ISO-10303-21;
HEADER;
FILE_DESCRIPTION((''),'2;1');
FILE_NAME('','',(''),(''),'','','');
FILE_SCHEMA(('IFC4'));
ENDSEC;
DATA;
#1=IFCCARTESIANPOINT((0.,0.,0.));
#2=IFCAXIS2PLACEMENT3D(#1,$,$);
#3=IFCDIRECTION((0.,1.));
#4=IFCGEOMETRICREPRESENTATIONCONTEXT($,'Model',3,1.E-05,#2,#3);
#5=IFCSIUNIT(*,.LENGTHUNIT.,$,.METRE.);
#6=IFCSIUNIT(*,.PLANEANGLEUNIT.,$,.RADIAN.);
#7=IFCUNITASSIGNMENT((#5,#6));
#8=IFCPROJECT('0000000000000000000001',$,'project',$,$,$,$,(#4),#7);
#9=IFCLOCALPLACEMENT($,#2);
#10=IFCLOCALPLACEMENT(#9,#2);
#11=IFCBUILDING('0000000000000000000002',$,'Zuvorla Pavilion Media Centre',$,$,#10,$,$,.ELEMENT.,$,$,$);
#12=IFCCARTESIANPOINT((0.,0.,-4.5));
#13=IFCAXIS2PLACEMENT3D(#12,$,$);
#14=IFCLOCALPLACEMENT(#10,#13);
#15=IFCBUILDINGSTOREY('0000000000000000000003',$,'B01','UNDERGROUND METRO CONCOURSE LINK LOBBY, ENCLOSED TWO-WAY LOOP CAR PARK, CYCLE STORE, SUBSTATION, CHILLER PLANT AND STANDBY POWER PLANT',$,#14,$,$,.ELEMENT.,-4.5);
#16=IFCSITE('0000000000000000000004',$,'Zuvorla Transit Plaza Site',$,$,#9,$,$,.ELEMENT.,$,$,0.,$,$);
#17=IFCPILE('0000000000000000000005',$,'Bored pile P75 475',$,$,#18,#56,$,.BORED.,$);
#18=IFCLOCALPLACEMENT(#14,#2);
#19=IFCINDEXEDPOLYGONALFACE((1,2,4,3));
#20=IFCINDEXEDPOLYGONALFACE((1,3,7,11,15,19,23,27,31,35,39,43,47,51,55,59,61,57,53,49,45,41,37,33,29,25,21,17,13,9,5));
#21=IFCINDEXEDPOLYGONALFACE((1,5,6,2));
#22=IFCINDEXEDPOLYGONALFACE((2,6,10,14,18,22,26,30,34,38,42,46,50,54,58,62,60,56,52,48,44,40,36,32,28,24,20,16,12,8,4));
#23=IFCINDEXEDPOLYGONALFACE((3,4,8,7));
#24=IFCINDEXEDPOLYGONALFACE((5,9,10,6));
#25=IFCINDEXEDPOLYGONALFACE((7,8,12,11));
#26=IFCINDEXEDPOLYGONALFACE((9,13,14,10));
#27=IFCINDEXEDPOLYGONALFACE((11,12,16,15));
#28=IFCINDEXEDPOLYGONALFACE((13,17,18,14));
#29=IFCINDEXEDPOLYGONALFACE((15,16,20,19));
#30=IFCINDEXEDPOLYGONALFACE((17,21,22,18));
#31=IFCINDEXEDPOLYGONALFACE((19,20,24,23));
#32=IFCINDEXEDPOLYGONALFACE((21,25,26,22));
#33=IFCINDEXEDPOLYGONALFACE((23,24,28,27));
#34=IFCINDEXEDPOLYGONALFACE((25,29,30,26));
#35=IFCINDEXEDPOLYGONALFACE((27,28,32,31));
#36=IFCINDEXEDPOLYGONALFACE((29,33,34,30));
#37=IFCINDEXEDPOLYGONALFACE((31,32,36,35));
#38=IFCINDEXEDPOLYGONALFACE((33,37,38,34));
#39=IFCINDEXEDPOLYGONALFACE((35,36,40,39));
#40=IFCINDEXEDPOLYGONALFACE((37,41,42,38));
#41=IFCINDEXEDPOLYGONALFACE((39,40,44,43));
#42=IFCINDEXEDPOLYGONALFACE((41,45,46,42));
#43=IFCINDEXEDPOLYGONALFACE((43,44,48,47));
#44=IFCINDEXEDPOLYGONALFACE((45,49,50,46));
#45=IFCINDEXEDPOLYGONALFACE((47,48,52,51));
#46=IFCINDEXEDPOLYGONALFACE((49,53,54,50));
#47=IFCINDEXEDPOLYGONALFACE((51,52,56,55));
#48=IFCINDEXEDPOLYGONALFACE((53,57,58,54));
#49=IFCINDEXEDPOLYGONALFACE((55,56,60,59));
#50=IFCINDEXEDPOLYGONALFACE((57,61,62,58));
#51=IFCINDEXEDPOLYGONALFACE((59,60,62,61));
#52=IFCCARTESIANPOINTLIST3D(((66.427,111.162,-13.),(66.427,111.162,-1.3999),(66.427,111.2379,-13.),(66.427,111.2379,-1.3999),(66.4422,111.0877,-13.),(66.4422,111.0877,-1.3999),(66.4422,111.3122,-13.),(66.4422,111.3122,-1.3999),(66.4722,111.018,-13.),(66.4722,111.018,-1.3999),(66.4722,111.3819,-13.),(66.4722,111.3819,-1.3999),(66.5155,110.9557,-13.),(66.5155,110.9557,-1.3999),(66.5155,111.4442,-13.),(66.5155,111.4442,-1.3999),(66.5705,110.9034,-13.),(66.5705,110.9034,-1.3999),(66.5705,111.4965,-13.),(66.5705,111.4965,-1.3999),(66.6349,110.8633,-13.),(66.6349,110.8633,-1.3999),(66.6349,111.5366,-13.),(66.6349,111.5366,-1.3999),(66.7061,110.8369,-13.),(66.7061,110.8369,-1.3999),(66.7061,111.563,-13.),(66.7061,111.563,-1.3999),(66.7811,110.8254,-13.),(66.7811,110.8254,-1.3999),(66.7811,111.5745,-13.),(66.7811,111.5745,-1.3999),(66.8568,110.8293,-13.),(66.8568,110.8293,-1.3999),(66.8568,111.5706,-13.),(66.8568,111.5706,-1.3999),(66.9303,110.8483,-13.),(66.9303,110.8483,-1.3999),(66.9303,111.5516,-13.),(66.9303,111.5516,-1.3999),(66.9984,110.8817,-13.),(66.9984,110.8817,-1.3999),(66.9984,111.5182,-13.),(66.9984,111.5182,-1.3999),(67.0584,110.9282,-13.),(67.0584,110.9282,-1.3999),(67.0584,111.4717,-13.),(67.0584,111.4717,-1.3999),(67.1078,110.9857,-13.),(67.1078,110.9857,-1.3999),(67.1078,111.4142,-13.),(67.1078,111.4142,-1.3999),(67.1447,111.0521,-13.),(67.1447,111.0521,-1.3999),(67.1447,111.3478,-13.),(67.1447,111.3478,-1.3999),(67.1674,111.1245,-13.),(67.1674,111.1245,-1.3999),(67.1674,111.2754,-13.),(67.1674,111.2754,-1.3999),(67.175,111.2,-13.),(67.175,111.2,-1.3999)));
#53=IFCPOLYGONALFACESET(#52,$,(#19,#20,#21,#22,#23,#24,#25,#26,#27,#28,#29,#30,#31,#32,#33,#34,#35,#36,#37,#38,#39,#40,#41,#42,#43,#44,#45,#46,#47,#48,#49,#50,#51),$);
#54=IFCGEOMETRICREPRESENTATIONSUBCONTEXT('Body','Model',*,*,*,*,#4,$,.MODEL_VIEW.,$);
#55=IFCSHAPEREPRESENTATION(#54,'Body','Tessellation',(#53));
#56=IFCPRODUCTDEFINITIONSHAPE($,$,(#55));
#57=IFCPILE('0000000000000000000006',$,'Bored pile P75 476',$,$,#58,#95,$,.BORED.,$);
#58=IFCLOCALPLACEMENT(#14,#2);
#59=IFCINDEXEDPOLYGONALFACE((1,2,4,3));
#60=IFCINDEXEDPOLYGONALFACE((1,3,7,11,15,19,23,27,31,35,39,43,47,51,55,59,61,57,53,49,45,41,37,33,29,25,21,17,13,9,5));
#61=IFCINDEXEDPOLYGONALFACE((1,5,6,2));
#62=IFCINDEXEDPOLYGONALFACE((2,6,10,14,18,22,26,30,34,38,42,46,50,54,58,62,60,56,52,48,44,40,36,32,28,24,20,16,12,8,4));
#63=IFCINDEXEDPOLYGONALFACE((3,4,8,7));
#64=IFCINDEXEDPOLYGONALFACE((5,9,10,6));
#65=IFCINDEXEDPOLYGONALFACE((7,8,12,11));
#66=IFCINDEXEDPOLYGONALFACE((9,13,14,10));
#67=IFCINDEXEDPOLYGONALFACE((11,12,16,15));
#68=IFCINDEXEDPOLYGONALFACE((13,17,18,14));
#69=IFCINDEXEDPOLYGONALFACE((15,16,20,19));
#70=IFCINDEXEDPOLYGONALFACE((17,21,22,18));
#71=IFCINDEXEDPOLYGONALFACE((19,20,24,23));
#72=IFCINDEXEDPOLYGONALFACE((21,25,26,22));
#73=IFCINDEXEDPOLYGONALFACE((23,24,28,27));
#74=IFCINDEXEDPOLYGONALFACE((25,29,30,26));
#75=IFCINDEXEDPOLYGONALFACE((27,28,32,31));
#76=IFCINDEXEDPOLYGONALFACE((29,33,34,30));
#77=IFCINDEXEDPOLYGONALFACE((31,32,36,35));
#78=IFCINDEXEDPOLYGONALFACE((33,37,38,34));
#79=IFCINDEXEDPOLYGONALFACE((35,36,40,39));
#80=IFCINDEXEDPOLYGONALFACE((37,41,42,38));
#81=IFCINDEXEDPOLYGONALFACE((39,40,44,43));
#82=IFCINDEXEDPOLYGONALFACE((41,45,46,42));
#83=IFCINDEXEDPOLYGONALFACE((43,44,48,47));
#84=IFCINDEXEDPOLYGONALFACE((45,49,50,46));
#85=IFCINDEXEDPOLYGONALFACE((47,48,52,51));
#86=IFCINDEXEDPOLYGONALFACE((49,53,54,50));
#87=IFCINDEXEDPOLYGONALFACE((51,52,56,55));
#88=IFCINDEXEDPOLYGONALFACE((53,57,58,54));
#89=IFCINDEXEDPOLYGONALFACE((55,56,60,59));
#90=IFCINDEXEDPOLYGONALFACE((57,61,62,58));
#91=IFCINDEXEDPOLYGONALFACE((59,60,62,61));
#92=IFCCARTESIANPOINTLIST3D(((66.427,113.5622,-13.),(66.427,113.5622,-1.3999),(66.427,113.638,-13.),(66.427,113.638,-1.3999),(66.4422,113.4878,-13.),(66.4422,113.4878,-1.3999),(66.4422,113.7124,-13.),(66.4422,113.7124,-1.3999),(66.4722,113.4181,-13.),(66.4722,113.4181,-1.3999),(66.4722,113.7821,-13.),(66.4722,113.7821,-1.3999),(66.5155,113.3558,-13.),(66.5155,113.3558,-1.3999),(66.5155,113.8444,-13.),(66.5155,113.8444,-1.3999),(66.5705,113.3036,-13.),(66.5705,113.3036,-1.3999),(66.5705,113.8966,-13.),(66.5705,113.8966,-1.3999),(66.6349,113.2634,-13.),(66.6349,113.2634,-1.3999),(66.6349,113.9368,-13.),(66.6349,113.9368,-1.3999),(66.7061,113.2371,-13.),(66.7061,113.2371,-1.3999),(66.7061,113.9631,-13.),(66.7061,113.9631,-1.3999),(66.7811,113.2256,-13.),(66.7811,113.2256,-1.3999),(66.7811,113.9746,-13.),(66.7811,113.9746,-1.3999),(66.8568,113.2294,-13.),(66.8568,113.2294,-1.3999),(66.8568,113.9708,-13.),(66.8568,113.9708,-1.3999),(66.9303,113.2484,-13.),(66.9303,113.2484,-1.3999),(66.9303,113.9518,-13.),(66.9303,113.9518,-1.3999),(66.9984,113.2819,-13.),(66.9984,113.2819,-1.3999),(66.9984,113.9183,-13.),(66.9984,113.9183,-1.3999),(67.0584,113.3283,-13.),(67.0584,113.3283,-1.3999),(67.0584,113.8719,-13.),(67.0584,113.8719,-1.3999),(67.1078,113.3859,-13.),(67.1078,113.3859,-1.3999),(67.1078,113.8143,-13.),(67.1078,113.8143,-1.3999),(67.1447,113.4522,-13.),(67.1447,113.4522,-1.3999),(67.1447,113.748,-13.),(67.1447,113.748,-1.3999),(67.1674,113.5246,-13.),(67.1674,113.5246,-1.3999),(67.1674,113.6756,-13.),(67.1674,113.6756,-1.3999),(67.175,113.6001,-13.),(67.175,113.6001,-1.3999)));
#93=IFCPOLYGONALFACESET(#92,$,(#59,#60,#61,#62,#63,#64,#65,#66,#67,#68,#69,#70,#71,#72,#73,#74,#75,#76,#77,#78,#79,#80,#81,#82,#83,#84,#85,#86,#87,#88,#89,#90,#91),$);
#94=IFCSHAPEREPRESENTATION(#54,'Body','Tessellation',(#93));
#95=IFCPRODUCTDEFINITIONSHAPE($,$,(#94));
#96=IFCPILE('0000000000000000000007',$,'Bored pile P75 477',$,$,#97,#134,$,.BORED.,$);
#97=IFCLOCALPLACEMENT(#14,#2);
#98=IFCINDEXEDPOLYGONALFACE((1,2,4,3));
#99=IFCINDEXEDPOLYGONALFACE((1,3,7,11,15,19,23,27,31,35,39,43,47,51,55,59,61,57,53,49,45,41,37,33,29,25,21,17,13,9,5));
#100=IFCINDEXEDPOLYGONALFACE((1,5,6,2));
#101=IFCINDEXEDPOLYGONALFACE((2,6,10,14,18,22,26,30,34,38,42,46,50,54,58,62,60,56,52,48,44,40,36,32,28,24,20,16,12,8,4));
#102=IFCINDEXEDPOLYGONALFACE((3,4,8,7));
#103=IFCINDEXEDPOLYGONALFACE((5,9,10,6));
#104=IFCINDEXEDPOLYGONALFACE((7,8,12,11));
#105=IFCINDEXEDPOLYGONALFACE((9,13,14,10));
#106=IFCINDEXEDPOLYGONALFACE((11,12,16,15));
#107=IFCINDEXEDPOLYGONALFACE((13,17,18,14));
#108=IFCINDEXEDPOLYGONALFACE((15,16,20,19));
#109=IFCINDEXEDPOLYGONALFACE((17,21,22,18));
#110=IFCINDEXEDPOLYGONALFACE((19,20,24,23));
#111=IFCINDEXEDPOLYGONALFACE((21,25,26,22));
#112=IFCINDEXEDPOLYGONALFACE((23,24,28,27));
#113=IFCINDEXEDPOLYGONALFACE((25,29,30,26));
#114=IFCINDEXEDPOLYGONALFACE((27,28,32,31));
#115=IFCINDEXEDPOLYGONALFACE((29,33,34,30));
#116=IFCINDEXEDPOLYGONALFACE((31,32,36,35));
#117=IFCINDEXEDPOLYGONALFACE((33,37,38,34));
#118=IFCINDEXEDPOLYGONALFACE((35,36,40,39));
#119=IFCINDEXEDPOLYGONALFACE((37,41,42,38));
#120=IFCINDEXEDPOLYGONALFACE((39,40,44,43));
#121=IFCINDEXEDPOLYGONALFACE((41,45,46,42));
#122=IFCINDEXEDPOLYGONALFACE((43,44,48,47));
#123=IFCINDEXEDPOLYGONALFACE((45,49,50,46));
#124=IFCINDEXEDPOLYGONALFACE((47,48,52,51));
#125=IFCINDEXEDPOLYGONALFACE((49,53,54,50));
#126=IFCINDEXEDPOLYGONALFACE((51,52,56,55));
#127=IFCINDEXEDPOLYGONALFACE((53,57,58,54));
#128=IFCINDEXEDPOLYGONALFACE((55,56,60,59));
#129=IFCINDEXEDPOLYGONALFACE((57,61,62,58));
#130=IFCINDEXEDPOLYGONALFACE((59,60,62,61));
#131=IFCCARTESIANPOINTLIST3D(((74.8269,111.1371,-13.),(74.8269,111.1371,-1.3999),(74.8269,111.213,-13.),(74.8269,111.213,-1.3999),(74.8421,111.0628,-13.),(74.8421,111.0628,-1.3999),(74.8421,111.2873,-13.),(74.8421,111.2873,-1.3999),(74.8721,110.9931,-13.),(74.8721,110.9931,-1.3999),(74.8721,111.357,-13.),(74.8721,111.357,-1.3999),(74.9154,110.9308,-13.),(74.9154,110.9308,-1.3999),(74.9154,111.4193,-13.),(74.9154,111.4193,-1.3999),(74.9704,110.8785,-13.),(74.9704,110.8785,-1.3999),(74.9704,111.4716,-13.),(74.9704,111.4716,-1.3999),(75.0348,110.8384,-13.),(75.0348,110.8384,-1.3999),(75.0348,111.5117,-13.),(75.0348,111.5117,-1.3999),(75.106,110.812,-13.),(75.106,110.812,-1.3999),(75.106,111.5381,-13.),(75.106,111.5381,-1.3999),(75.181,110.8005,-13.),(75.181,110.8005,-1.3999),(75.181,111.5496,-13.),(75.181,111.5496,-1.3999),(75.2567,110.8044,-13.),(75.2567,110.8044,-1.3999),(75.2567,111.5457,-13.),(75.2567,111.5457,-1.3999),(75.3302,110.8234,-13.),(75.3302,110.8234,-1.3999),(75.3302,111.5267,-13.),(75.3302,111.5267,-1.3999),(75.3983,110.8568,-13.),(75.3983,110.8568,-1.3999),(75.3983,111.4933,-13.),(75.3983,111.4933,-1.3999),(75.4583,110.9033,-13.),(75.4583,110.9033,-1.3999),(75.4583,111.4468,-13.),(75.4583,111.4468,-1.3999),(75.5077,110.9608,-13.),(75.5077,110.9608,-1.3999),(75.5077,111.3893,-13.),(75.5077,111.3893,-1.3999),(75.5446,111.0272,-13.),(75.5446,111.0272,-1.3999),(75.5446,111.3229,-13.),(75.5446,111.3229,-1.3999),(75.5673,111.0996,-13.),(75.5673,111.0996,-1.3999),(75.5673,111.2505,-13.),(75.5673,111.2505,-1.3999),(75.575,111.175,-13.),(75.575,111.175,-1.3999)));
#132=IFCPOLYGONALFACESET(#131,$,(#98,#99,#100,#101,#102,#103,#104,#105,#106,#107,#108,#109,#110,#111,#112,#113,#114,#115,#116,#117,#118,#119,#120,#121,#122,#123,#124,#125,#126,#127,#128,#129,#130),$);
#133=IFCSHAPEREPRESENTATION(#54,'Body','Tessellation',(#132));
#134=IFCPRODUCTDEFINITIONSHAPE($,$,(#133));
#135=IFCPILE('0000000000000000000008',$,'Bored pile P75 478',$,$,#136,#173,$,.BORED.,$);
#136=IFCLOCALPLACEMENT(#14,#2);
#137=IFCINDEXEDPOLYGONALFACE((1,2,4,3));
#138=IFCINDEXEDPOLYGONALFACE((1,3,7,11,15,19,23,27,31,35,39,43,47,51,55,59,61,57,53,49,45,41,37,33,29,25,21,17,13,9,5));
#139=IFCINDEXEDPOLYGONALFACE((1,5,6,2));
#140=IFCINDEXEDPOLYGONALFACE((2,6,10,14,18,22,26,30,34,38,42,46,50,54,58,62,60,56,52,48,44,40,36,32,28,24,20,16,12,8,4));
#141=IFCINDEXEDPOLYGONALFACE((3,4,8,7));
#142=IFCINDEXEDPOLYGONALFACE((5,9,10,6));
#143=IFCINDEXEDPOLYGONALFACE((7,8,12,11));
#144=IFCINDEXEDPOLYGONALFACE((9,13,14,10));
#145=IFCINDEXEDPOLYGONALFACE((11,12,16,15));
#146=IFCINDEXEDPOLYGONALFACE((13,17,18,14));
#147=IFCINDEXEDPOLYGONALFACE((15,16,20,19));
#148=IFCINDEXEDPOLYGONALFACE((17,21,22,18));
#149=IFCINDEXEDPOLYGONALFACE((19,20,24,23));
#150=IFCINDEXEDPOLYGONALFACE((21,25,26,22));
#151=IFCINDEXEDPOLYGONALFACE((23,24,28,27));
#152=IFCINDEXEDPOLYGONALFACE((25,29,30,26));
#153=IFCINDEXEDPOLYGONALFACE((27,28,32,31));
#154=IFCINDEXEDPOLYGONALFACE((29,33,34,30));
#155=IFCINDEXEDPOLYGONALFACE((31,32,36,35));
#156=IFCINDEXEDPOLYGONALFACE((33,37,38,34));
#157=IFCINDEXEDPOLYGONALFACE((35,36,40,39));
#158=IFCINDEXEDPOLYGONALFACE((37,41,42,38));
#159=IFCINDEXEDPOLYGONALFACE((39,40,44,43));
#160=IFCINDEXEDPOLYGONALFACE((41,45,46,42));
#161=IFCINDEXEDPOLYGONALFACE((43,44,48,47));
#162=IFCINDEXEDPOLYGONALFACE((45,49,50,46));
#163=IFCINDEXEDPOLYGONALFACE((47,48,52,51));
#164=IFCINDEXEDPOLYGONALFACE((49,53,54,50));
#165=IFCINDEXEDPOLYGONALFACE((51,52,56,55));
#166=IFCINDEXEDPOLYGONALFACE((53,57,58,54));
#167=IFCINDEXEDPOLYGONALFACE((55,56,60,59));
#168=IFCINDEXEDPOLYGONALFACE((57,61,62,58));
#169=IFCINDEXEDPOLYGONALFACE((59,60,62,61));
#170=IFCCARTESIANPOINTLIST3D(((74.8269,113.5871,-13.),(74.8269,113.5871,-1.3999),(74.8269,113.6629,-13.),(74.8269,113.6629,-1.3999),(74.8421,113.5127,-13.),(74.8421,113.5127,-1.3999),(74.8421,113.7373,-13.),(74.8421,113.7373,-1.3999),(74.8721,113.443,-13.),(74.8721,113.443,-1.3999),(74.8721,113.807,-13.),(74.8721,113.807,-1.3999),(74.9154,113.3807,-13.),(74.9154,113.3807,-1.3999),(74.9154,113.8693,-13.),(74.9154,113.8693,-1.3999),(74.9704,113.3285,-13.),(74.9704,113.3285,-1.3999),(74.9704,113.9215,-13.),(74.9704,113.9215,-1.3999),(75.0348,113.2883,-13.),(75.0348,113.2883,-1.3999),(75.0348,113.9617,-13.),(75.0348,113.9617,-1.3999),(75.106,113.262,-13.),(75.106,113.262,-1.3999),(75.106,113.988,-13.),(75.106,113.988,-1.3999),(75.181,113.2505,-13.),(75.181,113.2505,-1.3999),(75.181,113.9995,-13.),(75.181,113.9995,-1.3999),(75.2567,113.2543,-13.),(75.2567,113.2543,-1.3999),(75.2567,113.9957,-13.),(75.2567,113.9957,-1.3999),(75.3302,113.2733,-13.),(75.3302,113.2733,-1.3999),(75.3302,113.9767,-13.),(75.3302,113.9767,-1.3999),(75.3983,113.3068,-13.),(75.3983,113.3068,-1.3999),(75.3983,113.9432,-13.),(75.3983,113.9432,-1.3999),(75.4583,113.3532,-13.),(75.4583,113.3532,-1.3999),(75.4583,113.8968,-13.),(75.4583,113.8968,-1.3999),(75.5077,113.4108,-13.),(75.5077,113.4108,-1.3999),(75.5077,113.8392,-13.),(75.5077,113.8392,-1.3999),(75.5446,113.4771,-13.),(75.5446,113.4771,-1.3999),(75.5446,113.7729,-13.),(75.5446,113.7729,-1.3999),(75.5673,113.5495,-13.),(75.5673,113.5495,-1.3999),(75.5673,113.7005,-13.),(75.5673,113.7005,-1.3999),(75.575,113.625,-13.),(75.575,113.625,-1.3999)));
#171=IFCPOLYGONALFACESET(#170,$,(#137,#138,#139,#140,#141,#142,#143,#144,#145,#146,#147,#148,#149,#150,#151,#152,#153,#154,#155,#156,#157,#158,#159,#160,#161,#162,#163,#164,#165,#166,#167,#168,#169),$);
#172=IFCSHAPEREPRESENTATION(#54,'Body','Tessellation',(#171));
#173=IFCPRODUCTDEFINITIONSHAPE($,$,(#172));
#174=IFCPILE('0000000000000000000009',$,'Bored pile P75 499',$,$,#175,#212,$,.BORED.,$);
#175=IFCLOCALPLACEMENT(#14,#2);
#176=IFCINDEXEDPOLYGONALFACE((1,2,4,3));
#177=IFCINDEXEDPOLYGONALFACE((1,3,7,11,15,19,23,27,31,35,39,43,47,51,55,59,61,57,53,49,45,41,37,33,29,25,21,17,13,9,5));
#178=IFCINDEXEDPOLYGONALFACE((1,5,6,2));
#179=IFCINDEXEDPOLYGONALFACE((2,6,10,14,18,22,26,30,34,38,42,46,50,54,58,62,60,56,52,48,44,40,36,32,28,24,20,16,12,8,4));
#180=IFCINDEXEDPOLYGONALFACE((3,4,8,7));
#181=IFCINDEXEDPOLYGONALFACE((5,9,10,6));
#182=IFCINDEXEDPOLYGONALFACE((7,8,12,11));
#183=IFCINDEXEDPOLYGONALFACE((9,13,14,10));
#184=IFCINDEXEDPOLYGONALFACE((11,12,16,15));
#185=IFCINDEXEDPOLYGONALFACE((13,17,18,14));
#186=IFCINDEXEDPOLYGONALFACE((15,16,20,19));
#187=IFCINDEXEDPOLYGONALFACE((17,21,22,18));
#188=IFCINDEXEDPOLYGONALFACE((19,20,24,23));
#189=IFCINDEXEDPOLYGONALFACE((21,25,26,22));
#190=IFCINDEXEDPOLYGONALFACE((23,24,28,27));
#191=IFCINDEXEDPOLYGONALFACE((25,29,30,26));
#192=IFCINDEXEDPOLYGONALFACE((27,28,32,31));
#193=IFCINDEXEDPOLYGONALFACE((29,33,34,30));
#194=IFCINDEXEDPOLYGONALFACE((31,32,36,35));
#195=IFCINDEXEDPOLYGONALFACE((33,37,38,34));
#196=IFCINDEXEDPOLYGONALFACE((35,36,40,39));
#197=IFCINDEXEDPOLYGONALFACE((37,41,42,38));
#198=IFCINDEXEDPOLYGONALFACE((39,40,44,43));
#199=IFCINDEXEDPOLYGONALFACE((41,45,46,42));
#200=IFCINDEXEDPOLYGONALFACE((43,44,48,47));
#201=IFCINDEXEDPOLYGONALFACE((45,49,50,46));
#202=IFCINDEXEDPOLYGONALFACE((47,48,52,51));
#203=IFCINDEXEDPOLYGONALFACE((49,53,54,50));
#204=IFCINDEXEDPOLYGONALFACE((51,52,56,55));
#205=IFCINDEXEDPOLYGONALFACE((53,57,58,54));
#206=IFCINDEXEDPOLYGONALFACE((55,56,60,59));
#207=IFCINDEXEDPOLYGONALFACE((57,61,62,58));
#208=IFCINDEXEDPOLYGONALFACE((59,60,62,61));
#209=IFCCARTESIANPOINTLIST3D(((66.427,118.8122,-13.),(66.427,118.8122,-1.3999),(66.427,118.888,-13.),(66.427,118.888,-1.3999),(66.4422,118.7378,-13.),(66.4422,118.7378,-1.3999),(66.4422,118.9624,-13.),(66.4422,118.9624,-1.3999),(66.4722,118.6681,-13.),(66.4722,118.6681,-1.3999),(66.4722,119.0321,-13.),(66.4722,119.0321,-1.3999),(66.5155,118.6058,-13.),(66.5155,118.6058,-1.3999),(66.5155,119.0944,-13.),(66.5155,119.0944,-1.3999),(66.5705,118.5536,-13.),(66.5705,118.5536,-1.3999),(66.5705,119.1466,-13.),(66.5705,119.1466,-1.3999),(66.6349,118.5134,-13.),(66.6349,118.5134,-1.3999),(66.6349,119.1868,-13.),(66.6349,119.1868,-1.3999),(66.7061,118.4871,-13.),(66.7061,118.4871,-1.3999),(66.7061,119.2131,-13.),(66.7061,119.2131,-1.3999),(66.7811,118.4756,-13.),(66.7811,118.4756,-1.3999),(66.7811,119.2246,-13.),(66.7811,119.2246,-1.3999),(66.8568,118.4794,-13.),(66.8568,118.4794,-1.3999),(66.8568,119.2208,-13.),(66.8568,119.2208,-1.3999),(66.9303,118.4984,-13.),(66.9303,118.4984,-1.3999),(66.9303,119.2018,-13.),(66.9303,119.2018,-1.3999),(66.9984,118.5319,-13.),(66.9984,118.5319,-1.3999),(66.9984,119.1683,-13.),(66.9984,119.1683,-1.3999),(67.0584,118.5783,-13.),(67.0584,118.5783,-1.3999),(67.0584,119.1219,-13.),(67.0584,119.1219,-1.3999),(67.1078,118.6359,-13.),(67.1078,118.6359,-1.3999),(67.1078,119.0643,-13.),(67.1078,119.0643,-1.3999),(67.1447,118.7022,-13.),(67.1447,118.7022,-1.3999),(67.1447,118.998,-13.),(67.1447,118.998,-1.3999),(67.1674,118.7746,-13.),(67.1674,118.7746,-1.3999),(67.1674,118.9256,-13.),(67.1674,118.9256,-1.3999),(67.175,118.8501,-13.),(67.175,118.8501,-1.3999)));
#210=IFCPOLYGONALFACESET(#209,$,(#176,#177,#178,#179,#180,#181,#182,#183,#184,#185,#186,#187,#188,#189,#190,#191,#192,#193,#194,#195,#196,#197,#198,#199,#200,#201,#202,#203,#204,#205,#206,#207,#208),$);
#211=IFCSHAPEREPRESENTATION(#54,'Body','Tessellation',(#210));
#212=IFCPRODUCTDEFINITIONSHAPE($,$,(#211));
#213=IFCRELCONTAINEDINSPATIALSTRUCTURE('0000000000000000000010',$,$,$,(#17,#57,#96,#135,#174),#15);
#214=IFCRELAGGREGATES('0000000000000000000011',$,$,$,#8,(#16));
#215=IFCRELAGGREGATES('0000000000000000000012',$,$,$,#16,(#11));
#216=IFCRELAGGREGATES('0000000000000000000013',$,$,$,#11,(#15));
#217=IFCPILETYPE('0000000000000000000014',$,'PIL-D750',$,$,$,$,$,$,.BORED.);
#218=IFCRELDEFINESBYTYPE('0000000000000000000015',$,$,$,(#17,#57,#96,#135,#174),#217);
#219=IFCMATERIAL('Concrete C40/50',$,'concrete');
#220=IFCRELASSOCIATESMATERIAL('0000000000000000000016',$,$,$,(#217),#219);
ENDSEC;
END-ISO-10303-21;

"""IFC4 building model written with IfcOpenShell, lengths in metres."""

from ifc_helpers import new_model, si_unit, direction, frame, origin, origin_2d, place, context, subcontext, project, spatial, circle, extrude, material, material_profile, profile_set, type_object, element, save


model = new_model("IFC4")

# Units and contexts
model_context = context("Model", 3, precision=1e-05, world=origin(), true_north=direction((0.0, 1.0)))
body_context = subcontext(model_context, "Body", "Model", "MODEL_VIEW")
ifc_project = project(units=[si_unit("LENGTHUNIT", "METRE"), si_unit("PLANEANGLEUNIT", "RADIAN")], contexts=[model_context])

# Site, building, storey
site_placement = place(None, origin())
site = spatial("IfcSite", under=ifc_project, at=site_placement, Name="Zuvorla Transit Plaza Site", CompositionType="ELEMENT", RefElevation=0.0)
building_placement = place(site_placement, origin())
building = spatial("IfcBuilding", under=site, at=building_placement, Name="Zuvorla Pavilion Media Centre", CompositionType="ELEMENT")
storey_placement = place(building_placement, frame((0.0, 0.0, -4.5)))
storey = spatial("IfcBuildingStorey", under=building, at=storey_placement, Name="B01", Description="UNDERGROUND METRO CONCOURSE LINK LOBBY, ENCLOSED TWO-WAY LOOP CAR PARK, CYCLE STORE, SUBSTATION, CHILLER PLANT AND STANDBY POWER PLANT", CompositionType="ELEMENT", Elevation=-4.5)

# Shared definitions
ifc_material = material(Name="Concrete C40/50", Category="concrete")

# Piles
ifc_material_profile_1 = material_profile(ifc_material, circle(Radius=0.375, at=origin_2d()), Name="BORED PILE 750")
ifc_profile_set_1 = profile_set([ifc_material_profile_1], Name="Concrete C40/50")
pile_type = type_object("IfcPileType", Name="PIL-D750", PredefinedType="BORED", material=ifc_profile_set_1)
for number, where, z_axis, x_axis, name in (
    (1, (66.8, 111.2, -1.3999), (0.0, 0.0, -1.0), (1.0, 0.0, 0.0), "Bored pile P75 475"),
    (2, (66.8, 113.6001, -1.3999), (0.0, 0.0, -1.0), (1.0, 0.0, 0.0), "Bored pile P75 476"),
    (3, (75.2, 111.175, -1.3999), (0.0, 0.0, -1.0), (1.0, 0.0, 0.0), "Bored pile P75 477"),
    (4, (75.2, 113.625, -1.3999), (0.0, 0.0, -1.0), (1.0, 0.0, 0.0), "Bored pile P75 478"),
    (5, (66.8, 118.8501, -1.3999), (0.0, 0.0, -1.0), (1.0, 0.0, 0.0), "Bored pile P75 499"),
):
    element("IfcPile", number, at=place(storey_placement, frame(where, z_axis=z_axis, x_axis=x_axis)), inside=storey, type_object=pile_type, Name=name, PredefinedType="BORED", context=body_context, shape_type="SweptSolid", body=[
        extrude(circle(Radius=0.375, at=origin_2d()), origin(), (0.0, 0.0, 1.0), 11.6001),
    ])

save(model, "model.ifc")
